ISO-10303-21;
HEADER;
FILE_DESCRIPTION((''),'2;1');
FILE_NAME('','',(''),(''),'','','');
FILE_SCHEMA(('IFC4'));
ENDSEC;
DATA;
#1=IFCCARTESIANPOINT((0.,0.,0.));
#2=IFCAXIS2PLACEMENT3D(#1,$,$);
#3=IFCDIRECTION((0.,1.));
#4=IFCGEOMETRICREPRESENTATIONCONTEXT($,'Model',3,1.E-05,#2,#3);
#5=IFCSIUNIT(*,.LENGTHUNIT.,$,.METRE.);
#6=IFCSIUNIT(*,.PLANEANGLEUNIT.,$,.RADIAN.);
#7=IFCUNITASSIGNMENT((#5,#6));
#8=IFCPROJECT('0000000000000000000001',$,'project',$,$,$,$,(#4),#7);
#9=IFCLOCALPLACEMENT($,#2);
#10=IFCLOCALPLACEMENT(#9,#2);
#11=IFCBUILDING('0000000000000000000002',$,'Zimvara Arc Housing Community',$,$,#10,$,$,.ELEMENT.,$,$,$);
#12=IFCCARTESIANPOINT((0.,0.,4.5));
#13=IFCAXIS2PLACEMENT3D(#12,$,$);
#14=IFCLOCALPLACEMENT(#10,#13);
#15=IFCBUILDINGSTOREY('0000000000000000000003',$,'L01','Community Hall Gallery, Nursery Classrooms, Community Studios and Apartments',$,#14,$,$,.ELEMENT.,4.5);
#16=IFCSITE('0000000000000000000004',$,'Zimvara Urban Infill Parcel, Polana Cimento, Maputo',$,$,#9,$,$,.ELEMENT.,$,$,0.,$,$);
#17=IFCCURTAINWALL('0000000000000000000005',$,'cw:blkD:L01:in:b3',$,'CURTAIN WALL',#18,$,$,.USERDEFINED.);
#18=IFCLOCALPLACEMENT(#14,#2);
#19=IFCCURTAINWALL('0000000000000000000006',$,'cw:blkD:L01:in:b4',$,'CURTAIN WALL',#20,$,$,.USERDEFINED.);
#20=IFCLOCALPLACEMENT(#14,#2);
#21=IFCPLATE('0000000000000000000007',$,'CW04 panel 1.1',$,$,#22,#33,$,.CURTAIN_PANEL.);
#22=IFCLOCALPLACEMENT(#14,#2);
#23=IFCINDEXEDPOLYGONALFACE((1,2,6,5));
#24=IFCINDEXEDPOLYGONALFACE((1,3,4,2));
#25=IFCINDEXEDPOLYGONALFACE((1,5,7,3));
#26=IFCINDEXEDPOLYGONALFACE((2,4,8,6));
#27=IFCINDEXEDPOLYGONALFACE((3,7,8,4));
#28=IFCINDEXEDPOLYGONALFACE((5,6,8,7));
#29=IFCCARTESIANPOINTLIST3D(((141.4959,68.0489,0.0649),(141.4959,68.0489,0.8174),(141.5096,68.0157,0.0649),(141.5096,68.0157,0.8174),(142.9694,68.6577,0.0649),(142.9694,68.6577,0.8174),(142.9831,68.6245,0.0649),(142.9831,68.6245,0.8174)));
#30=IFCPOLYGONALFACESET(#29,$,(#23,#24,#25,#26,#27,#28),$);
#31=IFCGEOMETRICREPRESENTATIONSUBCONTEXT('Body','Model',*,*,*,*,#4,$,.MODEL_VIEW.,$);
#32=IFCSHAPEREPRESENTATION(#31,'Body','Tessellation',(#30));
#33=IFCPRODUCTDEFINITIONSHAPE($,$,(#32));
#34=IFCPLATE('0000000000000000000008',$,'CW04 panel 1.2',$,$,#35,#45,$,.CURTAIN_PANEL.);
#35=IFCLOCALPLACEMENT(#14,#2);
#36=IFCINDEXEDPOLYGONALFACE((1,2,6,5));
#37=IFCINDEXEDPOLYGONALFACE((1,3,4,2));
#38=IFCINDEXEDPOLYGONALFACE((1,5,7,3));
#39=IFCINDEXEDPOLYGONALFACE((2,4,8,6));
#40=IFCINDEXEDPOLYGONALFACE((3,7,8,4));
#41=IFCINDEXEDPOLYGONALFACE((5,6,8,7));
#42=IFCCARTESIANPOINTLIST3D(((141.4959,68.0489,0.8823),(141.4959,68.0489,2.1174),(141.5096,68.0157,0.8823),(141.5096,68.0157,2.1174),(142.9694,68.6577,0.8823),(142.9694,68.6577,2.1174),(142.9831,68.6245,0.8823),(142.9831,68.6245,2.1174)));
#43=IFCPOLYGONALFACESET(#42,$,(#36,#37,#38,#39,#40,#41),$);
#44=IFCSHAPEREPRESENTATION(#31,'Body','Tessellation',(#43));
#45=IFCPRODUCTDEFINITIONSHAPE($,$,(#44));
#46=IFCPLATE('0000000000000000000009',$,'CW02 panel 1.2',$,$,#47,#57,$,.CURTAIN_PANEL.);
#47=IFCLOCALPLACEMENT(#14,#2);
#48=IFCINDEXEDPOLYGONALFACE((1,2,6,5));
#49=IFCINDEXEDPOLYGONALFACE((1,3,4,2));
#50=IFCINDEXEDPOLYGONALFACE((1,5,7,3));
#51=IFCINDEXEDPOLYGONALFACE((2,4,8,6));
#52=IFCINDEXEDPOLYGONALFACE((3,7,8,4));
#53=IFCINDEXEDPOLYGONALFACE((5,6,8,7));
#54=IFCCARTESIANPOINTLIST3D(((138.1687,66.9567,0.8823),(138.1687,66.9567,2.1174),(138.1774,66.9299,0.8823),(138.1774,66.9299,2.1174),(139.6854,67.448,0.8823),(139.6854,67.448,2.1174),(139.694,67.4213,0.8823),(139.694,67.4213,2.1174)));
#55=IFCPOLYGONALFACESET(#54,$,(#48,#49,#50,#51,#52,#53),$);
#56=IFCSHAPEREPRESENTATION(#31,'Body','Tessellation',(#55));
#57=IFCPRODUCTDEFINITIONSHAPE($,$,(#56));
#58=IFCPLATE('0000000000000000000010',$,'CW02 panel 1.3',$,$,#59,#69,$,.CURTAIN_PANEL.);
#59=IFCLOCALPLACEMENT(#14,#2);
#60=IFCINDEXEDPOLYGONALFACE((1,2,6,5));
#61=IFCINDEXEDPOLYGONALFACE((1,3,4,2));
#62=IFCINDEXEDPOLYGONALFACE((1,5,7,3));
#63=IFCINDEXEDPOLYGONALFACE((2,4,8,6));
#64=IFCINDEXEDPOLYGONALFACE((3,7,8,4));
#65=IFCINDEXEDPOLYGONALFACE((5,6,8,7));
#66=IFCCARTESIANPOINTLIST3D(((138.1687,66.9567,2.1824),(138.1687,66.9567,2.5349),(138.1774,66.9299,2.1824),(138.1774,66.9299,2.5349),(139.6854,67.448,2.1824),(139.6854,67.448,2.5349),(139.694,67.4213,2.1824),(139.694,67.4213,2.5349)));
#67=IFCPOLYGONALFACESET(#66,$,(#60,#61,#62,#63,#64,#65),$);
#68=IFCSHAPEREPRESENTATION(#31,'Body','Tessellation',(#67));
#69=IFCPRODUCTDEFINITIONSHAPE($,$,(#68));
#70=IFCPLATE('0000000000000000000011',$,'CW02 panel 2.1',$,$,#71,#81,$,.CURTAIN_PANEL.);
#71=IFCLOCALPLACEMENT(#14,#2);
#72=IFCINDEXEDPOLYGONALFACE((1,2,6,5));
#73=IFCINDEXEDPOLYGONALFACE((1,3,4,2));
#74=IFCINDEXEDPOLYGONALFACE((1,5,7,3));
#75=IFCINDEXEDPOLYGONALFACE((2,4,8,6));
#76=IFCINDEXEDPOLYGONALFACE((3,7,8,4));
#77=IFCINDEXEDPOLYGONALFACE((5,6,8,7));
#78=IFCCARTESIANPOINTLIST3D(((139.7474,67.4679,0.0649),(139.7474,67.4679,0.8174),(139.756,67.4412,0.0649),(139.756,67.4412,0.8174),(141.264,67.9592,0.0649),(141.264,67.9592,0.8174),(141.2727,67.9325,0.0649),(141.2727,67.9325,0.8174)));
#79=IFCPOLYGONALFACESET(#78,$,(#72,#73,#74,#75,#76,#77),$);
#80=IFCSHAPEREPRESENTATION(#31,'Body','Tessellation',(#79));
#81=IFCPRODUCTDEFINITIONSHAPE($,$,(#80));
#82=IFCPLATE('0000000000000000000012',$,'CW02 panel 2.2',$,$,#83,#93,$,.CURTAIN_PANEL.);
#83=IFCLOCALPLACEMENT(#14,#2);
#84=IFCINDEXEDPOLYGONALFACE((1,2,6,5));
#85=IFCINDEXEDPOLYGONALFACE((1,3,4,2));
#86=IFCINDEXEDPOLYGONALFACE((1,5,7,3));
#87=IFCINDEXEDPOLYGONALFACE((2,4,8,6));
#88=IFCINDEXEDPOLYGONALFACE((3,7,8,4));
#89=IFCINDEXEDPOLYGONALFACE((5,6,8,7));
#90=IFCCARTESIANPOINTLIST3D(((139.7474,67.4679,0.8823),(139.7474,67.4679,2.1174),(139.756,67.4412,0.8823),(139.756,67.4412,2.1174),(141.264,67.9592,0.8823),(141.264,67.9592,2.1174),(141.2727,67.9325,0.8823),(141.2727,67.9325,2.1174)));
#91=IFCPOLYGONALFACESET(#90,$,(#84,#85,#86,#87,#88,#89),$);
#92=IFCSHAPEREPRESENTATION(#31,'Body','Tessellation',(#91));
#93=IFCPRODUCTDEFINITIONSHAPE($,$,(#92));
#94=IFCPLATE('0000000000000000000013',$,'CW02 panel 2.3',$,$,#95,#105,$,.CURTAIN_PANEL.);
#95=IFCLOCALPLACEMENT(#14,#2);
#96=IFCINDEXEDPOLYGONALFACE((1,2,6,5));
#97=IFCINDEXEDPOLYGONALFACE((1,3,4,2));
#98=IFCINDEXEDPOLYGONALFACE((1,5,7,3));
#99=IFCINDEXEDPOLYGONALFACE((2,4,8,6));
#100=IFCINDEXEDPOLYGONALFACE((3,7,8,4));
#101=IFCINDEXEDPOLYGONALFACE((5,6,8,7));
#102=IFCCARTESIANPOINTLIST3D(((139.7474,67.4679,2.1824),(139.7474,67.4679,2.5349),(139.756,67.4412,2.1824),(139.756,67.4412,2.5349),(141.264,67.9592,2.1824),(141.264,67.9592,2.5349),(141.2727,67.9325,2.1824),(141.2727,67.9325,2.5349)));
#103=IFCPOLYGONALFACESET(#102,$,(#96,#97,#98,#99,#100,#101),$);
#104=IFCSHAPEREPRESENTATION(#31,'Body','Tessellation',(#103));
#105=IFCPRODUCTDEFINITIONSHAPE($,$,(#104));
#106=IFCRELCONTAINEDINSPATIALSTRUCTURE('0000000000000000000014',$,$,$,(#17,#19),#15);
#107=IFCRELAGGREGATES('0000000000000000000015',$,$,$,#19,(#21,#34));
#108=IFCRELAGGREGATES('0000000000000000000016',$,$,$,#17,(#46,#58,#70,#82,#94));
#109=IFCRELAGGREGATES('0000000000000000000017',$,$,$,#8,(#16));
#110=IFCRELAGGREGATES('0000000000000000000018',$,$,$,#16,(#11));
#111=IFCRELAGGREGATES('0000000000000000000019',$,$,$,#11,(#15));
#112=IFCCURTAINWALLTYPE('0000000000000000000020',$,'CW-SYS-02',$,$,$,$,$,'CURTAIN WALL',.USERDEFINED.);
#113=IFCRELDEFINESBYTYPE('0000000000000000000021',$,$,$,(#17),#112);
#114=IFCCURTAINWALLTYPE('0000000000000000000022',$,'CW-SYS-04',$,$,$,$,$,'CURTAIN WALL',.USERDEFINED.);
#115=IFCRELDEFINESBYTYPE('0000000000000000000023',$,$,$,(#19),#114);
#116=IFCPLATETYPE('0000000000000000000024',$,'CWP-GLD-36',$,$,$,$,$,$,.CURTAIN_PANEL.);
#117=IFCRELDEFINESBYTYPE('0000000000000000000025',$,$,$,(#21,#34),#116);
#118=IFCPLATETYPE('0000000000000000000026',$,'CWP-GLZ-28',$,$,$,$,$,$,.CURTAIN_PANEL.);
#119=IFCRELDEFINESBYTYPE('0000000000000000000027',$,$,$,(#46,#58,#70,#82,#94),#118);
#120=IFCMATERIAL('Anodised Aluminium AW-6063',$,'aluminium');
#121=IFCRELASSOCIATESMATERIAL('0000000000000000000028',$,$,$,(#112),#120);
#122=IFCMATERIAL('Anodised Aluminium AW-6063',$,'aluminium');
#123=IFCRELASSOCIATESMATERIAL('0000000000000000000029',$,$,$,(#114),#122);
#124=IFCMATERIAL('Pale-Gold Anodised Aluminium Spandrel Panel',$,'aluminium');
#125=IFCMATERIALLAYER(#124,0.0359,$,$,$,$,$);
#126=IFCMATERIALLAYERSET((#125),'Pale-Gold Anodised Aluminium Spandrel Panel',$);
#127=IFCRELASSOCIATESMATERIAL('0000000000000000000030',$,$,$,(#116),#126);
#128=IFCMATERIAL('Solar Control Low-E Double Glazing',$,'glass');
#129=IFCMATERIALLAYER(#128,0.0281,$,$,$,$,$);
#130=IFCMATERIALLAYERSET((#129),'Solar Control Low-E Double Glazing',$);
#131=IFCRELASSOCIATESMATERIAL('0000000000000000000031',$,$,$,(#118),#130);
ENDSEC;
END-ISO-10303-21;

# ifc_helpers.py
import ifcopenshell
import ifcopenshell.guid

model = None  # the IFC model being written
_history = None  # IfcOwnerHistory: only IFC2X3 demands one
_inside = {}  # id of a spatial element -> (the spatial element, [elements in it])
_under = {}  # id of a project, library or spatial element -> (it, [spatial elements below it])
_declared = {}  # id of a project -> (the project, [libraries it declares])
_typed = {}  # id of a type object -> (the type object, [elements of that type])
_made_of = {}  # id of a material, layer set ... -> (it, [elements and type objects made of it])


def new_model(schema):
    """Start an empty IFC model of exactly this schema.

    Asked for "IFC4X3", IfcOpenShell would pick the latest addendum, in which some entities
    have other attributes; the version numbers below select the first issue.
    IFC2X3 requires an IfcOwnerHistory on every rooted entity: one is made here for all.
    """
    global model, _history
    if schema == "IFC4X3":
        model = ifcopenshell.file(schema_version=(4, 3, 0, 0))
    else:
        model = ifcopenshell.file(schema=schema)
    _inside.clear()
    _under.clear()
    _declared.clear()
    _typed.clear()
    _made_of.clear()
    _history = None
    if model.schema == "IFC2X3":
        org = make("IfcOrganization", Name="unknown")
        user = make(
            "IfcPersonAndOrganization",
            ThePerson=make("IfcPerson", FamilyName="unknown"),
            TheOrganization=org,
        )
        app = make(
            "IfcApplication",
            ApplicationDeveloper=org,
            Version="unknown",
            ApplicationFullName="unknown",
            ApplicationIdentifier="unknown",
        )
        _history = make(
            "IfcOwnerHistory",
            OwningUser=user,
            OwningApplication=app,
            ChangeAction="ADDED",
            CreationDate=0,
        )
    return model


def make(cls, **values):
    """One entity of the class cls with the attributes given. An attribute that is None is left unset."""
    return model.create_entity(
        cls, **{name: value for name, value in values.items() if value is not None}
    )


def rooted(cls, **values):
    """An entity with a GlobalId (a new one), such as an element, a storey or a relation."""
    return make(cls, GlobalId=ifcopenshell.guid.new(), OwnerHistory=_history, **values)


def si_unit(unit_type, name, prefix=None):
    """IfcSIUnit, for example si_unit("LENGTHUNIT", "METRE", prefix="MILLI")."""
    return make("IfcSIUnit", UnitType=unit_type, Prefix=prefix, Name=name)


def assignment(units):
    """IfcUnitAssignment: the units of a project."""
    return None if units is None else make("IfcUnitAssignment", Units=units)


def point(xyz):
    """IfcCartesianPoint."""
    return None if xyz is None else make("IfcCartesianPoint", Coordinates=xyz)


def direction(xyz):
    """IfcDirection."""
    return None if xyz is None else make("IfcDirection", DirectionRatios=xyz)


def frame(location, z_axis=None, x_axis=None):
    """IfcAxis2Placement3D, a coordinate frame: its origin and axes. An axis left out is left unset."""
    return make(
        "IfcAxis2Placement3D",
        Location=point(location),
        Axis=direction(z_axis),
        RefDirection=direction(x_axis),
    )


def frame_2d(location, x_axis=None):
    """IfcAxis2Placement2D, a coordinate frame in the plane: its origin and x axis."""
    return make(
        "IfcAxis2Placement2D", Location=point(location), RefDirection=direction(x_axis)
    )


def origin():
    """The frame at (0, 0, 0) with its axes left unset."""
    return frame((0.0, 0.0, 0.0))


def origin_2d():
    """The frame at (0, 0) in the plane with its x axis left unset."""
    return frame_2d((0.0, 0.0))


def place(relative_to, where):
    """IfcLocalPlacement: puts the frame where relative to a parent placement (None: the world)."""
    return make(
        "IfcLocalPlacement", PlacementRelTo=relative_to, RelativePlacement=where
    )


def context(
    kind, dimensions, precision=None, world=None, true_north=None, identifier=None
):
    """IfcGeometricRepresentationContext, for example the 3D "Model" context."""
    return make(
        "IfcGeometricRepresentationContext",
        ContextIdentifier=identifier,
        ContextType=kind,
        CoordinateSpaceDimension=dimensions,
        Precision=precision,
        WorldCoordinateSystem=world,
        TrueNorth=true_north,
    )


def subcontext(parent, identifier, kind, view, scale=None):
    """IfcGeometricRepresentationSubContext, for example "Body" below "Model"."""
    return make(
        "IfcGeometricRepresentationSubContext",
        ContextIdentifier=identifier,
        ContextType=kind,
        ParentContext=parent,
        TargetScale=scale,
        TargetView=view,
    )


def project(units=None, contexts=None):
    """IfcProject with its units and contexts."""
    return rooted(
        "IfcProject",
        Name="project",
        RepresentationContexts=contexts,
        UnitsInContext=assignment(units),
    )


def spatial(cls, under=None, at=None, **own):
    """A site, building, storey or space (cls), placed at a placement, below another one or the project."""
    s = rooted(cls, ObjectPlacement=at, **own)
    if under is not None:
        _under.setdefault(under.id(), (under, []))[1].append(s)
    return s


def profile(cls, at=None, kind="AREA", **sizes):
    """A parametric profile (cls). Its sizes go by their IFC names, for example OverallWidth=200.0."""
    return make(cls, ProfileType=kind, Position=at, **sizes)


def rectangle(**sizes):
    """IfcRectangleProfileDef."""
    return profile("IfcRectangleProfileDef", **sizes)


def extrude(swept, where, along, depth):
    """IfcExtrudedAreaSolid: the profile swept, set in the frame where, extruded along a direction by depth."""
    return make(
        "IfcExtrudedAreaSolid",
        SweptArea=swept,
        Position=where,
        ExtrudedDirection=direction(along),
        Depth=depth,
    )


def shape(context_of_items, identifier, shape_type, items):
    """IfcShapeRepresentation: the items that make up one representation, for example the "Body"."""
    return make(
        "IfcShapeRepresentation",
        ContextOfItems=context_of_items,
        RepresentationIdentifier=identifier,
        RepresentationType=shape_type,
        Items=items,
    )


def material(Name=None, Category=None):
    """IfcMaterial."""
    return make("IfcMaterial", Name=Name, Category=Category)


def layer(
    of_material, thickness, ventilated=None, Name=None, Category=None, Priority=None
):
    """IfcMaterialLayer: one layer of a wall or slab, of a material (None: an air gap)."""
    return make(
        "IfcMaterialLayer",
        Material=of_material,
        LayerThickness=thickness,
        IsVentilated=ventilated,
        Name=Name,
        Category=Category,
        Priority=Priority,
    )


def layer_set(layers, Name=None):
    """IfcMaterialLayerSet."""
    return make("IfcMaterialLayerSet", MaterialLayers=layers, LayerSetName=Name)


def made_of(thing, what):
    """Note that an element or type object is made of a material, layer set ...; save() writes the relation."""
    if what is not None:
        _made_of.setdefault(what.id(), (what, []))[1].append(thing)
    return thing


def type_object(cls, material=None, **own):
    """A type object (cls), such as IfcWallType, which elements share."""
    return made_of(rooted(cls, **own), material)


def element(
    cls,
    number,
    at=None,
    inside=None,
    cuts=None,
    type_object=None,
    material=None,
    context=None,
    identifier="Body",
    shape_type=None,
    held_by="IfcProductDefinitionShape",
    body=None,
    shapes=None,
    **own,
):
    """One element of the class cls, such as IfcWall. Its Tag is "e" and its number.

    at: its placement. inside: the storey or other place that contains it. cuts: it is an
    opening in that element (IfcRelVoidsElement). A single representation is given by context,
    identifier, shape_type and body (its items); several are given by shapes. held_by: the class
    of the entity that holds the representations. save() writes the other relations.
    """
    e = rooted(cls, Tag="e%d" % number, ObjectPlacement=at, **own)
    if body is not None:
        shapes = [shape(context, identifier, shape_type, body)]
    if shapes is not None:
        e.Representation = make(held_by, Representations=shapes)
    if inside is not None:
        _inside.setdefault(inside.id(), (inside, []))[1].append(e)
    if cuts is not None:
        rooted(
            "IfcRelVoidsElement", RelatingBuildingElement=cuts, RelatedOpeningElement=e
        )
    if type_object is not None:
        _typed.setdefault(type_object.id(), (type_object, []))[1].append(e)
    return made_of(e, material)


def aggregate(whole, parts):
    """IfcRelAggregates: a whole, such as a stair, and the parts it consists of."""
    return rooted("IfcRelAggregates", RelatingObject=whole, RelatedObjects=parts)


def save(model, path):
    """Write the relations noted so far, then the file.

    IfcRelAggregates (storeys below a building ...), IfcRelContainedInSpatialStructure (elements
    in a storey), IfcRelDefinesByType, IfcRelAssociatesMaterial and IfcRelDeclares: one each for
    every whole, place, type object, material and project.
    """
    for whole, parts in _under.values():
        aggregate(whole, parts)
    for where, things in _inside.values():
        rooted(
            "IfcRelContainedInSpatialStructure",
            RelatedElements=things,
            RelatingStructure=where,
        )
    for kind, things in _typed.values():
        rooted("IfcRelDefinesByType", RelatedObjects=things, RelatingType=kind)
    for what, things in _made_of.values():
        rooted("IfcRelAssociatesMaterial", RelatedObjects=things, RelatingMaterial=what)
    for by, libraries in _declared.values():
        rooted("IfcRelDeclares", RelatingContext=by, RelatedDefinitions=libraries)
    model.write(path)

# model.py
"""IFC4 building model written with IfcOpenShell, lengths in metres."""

from ifc_helpers import new_model, si_unit, direction, frame, origin, origin_2d, place, context, subcontext, project, spatial, rectangle, extrude, material, layer, layer_set, type_object, element, aggregate, save


model = new_model("IFC4")

# Units and contexts
model_context = context("Model", 3, precision=1e-05, world=origin(), true_north=direction((0.0, 1.0)))
body_context = subcontext(model_context, "Body", "Model", "MODEL_VIEW")
ifc_project = project(units=[si_unit("LENGTHUNIT", "METRE"), si_unit("PLANEANGLEUNIT", "RADIAN")], contexts=[model_context])

# Site, building, storey
site_placement = place(None, origin())
site = spatial("IfcSite", under=ifc_project, at=site_placement, Name="Zimvara Urban Infill Parcel, Polana Cimento, Maputo", CompositionType="ELEMENT", RefElevation=0.0)
building_placement = place(site_placement, origin())
building = spatial("IfcBuilding", under=site, at=building_placement, Name="Zimvara Arc Housing Community", CompositionType="ELEMENT")
storey_placement = place(building_placement, frame((0.0, 0.0, 4.5)))
storey = spatial("IfcBuildingStorey", under=building, at=storey_placement, Name="L01", Description="Community Hall Gallery, Nursery Classrooms, Community Studios and Apartments", CompositionType="ELEMENT", Elevation=4.5)

# Curtain wall
ifc_material_1 = material(Name="Anodised Aluminium AW-6063", Category="aluminium")
curtain_wall_type_1 = type_object("IfcCurtainWallType", Name="CW-SYS-02", ElementType="CURTAIN WALL", PredefinedType="USERDEFINED", material=ifc_material_1)
curtain_wall_1_placement = place(storey_placement, origin())
curtain_wall_1 = element("IfcCurtainWall", 1, at=curtain_wall_1_placement, inside=storey, type_object=curtain_wall_type_1, Name="cw:blkD:L01:in:b3", ObjectType="CURTAIN WALL", PredefinedType="USERDEFINED")

# Curtain wall
ifc_material_2 = material(Name="Anodised Aluminium AW-6063", Category="aluminium")
curtain_wall_type_2 = type_object("IfcCurtainWallType", Name="CW-SYS-04", ElementType="CURTAIN WALL", PredefinedType="USERDEFINED", material=ifc_material_2)
curtain_wall_2_placement = place(storey_placement, origin())
curtain_wall_2 = element("IfcCurtainWall", 2, at=curtain_wall_2_placement, inside=storey, type_object=curtain_wall_type_2, Name="cw:blkD:L01:in:b4", ObjectType="CURTAIN WALL", PredefinedType="USERDEFINED")

# Plates
ifc_material_3 = material(Name="Pale-Gold Anodised Aluminium Spandrel Panel", Category="aluminium")
ifc_layer_1 = layer(ifc_material_3, 0.0359)
ifc_layer_set_1 = layer_set([ifc_layer_1], Name="Pale-Gold Anodised Aluminium Spandrel Panel")
plate_type_1 = type_object("IfcPlateType", Name="CWP-GLD-36", PredefinedType="CURTAIN_PANEL", material=ifc_layer_set_1)
plate_1_placement = place(storey_placement, frame((142.2395, 68.3367, 0.0649), z_axis=(0.0, 0.0, 1.0), x_axis=(0.924213, 0.381877, 0.0)))
plate_1 = element("IfcPlate", 3, at=plate_1_placement, type_object=plate_type_1, Name="CW04 panel 1.1", PredefinedType="CURTAIN_PANEL", context=body_context, shape_type="SweptSolid", body=[
    extrude(rectangle(XDim=1.5942, YDim=0.0359, at=origin_2d()), origin(), (0.0, 0.0, 1.0), 0.7524),
])
plate_2_placement = place(storey_placement, frame((142.2395, 68.3367, 0.8823), z_axis=(0.0, 0.0, 1.0), x_axis=(0.924213, 0.381877, 0.0)))
plate_2 = element("IfcPlate", 4, at=plate_2_placement, type_object=plate_type_1, Name="CW04 panel 1.2", PredefinedType="CURTAIN_PANEL", context=body_context, shape_type="SweptSolid", body=[
    extrude(rectangle(XDim=1.5942, YDim=0.0359, at=origin_2d()), origin(), (0.0, 0.0, 1.0), 1.2351),
])
aggregate(curtain_wall_2, [plate_1, plate_2])
ifc_material_4 = material(Name="Solar Control Low-E Double Glazing", Category="glass")
ifc_layer_2 = layer(ifc_material_4, 0.0281)
ifc_layer_set_2 = layer_set([ifc_layer_2], Name="Solar Control Low-E Double Glazing")
plate_type_2 = type_object("IfcPlateType", Name="CWP-GLZ-28", PredefinedType="CURTAIN_PANEL", material=ifc_layer_set_2)
plate_3_placement = place(storey_placement, frame((138.9314, 67.189, 0.8823), z_axis=(0.0, 0.0, 1.0), x_axis=(0.951326, 0.308185, 0.0)))
plate_3 = element("IfcPlate", 5, at=plate_3_placement, type_object=plate_type_2, Name="CW02 panel 1.2", PredefinedType="CURTAIN_PANEL", context=body_context, shape_type="SweptSolid", body=[
    extrude(rectangle(XDim=1.5942, YDim=0.0281, at=origin_2d()), origin(), (0.0, 0.0, 1.0), 1.2351),
])
plate_4_placement = place(storey_placement, frame((138.9314, 67.189, 2.1824), z_axis=(0.0, 0.0, 1.0), x_axis=(0.951326, 0.308185, 0.0)))
plate_4 = element("IfcPlate", 6, at=plate_4_placement, type_object=plate_type_2, Name="CW02 panel 1.3", PredefinedType="CURTAIN_PANEL", context=body_context, shape_type="SweptSolid", body=[
    extrude(rectangle(XDim=1.5942, YDim=0.0281, at=origin_2d()), origin(), (0.0, 0.0, 1.0), 0.3525),
])
plate_5_placement = place(storey_placement, frame((140.51, 67.7002, 0.0649), z_axis=(0.0, 0.0, 1.0), x_axis=(0.951326, 0.308185, 0.0)))
plate_5 = element("IfcPlate", 7, at=plate_5_placement, type_object=plate_type_2, Name="CW02 panel 2.1", PredefinedType="CURTAIN_PANEL", context=body_context, shape_type="SweptSolid", body=[
    extrude(rectangle(XDim=1.5942, YDim=0.0281, at=origin_2d()), origin(), (0.0, 0.0, 1.0), 0.7524),
])
plate_6_placement = place(storey_placement, frame((140.51, 67.7002, 0.8823), z_axis=(0.0, 0.0, 1.0), x_axis=(0.951326, 0.308185, 0.0)))
plate_6 = element("IfcPlate", 8, at=plate_6_placement, type_object=plate_type_2, Name="CW02 panel 2.2", PredefinedType="CURTAIN_PANEL", context=body_context, shape_type="SweptSolid", body=[
    extrude(rectangle(XDim=1.5942, YDim=0.0281, at=origin_2d()), origin(), (0.0, 0.0, 1.0), 1.2351),
])
plate_7_placement = place(storey_placement, frame((140.51, 67.7002, 2.1824), z_axis=(0.0, 0.0, 1.0), x_axis=(0.951326, 0.308185, 0.0)))
plate_7 = element("IfcPlate", 9, at=plate_7_placement, type_object=plate_type_2, Name="CW02 panel 2.3", PredefinedType="CURTAIN_PANEL", context=body_context, shape_type="SweptSolid", body=[
    extrude(rectangle(XDim=1.5942, YDim=0.0281, at=origin_2d()), origin(), (0.0, 0.0, 1.0), 0.3525),
])
aggregate(curtain_wall_1, [plate_3, plate_4, plate_5, plate_6, plate_7])

save(model, "model.ifc")
